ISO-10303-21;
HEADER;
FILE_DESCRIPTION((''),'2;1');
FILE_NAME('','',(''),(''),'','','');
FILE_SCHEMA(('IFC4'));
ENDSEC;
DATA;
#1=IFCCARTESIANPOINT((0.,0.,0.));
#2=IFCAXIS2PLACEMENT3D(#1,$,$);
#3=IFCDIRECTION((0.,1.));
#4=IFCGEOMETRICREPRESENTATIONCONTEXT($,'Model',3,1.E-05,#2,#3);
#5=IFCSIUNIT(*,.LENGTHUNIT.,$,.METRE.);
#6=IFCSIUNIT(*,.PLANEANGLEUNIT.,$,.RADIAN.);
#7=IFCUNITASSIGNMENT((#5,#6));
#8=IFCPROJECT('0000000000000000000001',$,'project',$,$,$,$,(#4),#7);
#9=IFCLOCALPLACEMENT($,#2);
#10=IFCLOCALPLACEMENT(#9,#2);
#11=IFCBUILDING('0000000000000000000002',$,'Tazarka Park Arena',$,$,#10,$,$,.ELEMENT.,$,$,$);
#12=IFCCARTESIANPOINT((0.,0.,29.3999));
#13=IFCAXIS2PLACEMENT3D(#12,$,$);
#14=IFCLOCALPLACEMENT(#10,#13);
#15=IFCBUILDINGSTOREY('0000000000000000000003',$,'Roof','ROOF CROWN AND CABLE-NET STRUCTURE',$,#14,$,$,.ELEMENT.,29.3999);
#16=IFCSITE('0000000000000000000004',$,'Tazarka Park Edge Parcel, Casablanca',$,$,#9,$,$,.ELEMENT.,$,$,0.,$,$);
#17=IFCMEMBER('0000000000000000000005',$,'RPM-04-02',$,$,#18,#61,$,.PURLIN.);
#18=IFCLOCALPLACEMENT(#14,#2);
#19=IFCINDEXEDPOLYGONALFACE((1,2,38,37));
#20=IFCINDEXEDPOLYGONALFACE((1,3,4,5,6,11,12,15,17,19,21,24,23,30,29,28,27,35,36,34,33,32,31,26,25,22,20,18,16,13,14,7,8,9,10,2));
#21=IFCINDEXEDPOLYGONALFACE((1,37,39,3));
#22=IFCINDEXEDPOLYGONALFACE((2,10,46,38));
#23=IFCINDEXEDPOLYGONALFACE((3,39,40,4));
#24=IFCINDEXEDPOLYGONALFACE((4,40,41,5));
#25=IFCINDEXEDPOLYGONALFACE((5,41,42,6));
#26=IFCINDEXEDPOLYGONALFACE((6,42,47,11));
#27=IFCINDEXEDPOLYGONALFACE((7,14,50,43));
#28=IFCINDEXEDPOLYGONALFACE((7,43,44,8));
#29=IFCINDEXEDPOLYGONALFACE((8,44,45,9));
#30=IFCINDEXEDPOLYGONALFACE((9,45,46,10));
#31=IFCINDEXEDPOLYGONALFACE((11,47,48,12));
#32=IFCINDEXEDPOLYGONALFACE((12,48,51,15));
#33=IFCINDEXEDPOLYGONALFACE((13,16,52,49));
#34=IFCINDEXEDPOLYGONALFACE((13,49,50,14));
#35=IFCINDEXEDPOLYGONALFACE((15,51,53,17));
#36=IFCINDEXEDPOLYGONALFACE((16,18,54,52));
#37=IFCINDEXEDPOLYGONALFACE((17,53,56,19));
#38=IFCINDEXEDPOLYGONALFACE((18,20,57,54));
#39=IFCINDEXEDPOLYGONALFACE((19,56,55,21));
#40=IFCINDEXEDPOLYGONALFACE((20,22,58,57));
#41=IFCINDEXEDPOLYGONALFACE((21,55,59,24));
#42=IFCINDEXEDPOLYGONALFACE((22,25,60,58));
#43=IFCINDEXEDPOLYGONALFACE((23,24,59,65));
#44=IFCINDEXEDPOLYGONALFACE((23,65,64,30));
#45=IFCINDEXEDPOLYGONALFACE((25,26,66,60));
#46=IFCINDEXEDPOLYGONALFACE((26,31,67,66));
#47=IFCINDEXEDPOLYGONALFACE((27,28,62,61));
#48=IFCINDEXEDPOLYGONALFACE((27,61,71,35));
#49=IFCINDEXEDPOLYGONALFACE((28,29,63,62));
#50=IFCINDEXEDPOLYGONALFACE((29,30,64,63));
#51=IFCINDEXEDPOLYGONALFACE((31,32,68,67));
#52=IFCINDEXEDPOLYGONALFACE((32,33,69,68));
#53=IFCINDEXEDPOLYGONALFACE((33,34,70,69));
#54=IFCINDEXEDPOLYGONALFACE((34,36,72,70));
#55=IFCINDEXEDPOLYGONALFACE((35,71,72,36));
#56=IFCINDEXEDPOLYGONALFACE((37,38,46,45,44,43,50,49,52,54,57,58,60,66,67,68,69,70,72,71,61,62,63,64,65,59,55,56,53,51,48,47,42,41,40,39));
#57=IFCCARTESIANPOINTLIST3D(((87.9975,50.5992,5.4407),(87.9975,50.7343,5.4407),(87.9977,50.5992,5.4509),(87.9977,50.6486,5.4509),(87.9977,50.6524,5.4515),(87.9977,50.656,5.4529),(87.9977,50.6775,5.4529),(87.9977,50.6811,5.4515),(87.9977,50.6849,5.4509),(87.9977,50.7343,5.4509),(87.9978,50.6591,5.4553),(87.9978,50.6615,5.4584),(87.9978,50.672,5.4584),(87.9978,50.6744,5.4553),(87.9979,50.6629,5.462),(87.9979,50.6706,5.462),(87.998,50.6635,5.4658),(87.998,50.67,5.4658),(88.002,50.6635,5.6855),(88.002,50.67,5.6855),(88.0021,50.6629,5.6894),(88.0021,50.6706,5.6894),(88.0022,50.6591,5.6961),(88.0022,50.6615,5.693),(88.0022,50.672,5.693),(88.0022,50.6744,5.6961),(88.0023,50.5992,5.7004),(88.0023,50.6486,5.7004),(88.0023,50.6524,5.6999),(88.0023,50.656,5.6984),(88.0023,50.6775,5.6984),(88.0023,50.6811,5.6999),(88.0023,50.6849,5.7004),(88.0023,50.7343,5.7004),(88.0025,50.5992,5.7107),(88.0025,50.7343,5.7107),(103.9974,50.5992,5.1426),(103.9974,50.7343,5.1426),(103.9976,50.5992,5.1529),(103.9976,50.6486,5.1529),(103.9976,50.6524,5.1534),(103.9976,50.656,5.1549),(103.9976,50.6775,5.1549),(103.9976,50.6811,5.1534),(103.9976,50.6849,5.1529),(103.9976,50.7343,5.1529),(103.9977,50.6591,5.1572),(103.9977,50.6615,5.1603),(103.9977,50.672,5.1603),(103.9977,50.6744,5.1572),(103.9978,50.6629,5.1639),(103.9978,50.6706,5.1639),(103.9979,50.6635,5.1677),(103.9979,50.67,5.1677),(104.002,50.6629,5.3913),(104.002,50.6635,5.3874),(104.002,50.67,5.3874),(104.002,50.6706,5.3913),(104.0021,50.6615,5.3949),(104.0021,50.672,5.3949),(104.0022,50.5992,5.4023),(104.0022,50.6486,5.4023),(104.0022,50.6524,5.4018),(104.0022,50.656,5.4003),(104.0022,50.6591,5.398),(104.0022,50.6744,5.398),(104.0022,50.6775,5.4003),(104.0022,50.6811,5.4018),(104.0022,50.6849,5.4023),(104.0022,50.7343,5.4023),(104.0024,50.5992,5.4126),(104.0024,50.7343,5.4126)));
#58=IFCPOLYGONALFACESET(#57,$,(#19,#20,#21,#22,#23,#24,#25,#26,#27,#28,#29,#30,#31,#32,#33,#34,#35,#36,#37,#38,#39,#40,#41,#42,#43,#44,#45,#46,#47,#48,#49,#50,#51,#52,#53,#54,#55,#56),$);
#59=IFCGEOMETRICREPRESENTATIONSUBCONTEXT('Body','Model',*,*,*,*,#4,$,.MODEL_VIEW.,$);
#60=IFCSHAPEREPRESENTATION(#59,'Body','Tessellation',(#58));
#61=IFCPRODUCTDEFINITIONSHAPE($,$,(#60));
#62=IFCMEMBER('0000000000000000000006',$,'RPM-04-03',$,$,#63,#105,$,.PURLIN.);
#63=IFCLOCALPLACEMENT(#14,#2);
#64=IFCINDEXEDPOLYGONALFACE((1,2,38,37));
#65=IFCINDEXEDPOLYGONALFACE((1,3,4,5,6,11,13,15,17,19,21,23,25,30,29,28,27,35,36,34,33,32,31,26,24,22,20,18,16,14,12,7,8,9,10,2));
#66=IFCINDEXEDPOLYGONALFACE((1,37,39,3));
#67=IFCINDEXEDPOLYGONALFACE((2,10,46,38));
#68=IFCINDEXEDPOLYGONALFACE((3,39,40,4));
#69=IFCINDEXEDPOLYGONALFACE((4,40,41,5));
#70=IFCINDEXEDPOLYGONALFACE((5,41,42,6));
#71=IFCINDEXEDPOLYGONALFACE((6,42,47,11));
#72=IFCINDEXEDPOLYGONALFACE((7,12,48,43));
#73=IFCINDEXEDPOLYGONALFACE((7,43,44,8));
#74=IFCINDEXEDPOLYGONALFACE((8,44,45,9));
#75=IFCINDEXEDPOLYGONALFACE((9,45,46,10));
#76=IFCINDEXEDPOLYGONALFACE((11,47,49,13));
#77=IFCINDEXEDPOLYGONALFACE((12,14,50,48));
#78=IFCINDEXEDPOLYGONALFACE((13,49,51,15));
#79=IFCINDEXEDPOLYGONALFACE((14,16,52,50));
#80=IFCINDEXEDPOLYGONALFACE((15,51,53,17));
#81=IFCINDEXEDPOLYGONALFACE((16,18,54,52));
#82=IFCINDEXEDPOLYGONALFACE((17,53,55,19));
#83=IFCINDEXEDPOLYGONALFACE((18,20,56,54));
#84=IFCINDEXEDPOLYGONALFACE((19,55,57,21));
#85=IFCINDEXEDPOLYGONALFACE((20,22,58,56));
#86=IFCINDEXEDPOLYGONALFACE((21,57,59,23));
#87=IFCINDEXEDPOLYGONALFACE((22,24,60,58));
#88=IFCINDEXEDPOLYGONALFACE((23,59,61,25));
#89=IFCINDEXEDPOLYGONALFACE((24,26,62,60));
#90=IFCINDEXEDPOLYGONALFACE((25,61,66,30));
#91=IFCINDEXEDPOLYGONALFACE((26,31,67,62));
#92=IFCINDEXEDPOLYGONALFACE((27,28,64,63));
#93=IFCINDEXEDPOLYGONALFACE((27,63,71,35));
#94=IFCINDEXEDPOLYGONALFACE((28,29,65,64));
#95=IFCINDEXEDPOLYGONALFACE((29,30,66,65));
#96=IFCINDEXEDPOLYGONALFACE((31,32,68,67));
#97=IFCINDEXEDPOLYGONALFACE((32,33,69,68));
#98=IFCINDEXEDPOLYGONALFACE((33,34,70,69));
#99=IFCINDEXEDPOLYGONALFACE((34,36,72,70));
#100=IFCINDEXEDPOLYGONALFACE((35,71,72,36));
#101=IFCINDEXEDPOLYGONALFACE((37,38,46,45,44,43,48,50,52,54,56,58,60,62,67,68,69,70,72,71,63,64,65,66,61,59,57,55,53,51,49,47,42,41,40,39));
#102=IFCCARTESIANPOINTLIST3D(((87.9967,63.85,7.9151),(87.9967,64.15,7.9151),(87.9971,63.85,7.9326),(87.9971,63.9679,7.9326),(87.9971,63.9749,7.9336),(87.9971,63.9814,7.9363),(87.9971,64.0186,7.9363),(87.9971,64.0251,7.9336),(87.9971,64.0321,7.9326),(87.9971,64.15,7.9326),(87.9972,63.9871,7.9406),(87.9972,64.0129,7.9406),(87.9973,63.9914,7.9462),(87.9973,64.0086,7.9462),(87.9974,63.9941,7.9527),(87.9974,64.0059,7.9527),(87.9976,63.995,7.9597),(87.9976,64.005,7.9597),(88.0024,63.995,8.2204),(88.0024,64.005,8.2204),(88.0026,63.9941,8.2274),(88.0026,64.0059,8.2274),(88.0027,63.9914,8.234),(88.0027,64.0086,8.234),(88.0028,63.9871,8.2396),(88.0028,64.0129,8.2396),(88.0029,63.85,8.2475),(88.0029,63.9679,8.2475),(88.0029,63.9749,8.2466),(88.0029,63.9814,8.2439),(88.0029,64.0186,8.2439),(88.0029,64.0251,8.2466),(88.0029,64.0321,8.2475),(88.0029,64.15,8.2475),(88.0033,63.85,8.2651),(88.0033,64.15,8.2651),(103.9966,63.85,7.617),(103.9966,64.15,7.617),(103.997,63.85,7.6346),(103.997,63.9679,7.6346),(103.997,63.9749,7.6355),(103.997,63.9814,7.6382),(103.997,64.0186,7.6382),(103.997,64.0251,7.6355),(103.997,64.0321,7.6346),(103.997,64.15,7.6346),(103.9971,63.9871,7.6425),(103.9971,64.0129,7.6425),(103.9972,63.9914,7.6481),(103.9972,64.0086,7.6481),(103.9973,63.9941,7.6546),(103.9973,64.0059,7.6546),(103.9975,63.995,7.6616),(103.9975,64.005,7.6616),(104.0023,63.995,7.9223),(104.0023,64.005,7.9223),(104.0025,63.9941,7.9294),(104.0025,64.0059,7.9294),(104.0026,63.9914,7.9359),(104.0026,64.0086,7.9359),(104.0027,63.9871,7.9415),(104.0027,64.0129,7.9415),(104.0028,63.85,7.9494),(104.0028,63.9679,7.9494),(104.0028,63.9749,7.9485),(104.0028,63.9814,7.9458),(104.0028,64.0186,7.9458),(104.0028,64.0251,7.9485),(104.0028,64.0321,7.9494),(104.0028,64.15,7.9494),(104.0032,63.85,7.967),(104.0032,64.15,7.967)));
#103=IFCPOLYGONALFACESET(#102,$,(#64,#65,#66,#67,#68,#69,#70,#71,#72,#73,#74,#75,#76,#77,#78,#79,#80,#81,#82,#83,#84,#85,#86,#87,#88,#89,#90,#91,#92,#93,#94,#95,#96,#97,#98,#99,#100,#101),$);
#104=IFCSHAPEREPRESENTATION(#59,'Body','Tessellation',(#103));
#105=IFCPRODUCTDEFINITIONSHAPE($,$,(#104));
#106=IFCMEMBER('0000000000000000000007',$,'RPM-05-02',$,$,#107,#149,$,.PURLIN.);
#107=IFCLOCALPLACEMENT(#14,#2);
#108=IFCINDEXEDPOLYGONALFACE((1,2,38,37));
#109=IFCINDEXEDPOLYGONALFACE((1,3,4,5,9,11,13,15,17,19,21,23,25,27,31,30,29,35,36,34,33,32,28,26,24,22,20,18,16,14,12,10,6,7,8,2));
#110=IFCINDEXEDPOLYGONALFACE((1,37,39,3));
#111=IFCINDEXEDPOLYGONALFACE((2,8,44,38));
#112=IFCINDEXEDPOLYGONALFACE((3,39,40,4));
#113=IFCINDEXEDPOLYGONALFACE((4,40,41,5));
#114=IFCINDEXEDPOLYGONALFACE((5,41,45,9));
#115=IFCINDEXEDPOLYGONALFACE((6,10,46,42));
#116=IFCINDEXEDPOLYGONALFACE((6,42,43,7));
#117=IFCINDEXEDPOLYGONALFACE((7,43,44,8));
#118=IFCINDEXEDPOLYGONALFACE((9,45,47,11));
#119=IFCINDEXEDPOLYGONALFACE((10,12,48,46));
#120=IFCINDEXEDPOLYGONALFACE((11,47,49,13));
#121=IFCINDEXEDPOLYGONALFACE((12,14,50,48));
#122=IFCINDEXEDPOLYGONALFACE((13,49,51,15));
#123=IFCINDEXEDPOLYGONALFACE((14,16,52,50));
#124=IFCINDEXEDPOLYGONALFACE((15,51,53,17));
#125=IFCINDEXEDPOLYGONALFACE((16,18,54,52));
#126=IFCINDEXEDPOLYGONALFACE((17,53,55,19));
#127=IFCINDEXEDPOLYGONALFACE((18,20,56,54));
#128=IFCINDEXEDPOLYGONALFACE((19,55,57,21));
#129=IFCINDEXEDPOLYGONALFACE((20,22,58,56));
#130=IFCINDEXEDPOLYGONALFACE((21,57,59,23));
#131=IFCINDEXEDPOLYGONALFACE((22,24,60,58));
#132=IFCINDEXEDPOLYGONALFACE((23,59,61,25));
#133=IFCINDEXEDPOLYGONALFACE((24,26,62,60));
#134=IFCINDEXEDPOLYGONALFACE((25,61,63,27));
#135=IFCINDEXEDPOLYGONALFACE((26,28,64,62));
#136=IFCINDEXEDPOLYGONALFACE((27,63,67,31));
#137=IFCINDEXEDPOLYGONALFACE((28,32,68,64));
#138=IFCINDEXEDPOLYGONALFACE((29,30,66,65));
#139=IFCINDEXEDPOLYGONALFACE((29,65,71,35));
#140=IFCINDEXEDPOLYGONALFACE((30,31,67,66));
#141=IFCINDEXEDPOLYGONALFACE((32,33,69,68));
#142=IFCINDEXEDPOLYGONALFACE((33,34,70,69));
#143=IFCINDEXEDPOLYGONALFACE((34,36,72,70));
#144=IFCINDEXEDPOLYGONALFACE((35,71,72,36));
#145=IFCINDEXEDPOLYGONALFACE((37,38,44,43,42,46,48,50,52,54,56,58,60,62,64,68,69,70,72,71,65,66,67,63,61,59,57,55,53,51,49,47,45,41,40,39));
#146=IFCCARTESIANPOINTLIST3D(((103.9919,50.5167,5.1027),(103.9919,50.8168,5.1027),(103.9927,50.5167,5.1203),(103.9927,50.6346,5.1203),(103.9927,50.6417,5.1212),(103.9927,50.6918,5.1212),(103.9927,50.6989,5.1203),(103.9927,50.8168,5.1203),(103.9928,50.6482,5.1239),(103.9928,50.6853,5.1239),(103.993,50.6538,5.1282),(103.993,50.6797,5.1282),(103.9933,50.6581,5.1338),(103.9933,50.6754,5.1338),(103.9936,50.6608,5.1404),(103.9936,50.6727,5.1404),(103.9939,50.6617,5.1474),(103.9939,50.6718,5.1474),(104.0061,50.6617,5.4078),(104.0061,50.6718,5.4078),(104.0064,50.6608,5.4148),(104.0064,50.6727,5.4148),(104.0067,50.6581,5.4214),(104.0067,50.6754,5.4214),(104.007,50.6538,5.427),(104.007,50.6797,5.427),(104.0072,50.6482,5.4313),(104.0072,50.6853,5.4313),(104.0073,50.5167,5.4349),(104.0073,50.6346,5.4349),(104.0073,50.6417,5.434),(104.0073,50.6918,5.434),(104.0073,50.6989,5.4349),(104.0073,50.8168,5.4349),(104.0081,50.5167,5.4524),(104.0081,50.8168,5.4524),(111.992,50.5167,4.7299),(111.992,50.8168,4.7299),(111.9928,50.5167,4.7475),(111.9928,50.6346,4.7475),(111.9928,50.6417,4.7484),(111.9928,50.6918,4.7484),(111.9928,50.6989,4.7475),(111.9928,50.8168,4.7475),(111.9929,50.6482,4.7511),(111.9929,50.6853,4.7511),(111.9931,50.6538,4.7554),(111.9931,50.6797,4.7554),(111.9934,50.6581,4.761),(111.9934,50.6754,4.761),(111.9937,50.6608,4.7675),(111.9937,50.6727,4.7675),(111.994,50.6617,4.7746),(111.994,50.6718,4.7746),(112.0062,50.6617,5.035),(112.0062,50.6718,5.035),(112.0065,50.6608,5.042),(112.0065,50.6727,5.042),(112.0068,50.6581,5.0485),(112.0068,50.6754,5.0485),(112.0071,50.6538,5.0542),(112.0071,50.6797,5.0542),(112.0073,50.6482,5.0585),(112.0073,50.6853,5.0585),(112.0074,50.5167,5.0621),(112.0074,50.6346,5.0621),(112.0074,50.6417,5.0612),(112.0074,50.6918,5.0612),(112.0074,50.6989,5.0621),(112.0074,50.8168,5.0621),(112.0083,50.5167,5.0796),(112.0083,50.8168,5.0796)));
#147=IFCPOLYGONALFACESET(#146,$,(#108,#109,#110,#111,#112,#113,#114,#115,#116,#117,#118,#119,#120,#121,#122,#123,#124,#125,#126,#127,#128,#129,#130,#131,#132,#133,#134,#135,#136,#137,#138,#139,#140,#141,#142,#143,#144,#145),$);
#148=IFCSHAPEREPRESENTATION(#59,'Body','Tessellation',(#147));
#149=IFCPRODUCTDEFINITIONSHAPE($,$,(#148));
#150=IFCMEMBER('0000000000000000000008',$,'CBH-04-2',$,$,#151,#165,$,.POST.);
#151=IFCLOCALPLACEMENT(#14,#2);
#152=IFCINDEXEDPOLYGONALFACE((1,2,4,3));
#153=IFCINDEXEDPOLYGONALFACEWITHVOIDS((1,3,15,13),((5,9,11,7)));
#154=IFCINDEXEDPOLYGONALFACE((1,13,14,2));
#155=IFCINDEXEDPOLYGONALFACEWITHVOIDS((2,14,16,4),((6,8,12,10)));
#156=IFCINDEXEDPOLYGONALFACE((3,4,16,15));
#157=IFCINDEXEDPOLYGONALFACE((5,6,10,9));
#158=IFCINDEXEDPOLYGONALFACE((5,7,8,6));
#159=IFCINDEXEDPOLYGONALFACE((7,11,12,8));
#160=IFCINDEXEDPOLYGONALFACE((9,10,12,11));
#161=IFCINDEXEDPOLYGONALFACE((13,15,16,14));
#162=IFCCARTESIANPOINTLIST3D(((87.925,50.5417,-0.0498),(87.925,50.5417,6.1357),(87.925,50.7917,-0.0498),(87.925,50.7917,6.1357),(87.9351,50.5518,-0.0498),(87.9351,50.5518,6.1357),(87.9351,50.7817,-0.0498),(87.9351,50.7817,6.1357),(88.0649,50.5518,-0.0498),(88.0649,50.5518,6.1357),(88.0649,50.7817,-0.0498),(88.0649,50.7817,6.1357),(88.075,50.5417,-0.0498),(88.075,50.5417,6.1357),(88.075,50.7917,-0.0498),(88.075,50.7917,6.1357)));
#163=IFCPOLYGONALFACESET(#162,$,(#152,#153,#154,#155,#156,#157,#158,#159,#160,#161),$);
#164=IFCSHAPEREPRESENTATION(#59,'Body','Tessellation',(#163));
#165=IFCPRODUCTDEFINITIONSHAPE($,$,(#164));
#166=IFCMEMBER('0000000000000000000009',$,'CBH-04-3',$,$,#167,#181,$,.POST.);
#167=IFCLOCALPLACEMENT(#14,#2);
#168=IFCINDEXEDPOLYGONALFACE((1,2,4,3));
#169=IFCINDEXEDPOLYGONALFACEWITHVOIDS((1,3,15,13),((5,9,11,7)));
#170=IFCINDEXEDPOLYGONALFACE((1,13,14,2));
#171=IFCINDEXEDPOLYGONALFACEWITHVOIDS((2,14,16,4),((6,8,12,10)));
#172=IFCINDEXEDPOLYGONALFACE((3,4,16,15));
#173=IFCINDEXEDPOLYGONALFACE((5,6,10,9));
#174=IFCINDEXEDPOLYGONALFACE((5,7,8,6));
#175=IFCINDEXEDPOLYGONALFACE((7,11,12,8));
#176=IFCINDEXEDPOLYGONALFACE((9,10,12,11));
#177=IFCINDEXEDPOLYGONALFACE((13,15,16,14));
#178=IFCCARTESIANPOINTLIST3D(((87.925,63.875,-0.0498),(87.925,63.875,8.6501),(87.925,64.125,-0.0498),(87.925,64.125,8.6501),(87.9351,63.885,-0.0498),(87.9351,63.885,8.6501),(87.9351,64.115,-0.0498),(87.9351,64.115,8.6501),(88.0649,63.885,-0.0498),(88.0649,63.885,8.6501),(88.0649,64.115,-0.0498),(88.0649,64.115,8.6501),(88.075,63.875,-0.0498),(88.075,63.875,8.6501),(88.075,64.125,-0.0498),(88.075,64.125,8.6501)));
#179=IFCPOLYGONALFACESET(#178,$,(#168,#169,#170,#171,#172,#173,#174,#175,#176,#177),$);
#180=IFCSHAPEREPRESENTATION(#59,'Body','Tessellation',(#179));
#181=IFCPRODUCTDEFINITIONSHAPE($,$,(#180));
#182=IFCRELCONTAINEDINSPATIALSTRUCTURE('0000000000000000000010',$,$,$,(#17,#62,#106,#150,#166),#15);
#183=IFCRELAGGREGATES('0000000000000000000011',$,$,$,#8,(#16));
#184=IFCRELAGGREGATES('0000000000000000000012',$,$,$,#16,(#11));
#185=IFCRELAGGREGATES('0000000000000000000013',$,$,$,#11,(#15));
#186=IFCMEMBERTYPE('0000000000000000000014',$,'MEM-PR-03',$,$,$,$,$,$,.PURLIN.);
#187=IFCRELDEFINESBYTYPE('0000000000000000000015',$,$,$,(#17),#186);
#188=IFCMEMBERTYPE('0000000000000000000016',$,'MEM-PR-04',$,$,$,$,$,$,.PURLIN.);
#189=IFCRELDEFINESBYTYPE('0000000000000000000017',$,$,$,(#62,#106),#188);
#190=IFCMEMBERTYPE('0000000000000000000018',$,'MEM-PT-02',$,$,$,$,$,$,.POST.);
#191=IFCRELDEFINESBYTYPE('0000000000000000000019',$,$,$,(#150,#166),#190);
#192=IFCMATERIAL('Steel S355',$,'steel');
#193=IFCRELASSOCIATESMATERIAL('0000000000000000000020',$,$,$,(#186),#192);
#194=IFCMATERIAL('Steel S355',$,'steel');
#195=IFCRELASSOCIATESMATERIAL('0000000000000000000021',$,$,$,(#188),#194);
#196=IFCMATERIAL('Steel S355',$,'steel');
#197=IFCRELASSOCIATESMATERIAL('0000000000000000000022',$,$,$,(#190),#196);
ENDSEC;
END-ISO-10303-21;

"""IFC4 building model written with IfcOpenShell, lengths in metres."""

from ifc_helpers import new_model, si_unit, direction, frame, origin, origin_2d, place, context, subcontext, project, spatial, hollow_rectangle, i_section, extrude, material, material_profile, profile_set, type_object, element, save


model = new_model("IFC4")

# Units and contexts
model_context = context("Model", 3, precision=1e-05, world=origin(), true_north=direction((0.0, 1.0)))
body_context = subcontext(model_context, "Body", "Model", "MODEL_VIEW")
ifc_project = project(units=[si_unit("LENGTHUNIT", "METRE"), si_unit("PLANEANGLEUNIT", "RADIAN")], contexts=[model_context])

# Site, building, storey
site_placement = place(None, origin())
site = spatial("IfcSite", under=ifc_project, at=site_placement, Name="Tazarka Park Edge Parcel, Casablanca", CompositionType="ELEMENT", RefElevation=0.0)
building_placement = place(site_placement, origin())
building = spatial("IfcBuilding", under=site, at=building_placement, Name="Tazarka Park Arena", CompositionType="ELEMENT")
storey_placement = place(building_placement, frame((0.0, 0.0, 29.3999)))
storey = spatial("IfcBuildingStorey", under=building, at=storey_placement, Name="Roof", Description="ROOF CROWN AND CABLE-NET STRUCTURE", CompositionType="ELEMENT", Elevation=29.3999)

# Members
ifc_material_1 = material(Name="Steel S355", Category="steel")
ifc_material_profile_1 = material_profile(ifc_material_1, i_section(OverallWidth=0.135, OverallDepth=0.27, WebThickness=0.0066, FlangeThickness=0.0103, FilletRadius=0.0149, at=origin_2d()), Name="Steel S355")
ifc_profile_set_1 = profile_set([ifc_material_profile_1], Name="Steel S355")
member_type_1 = type_object("IfcMemberType", Name="MEM-PR-03", PredefinedType="PURLIN", material=ifc_profile_set_1)
member_1_placement = place(storey_placement, frame((88.0, 50.6667, 5.5757), z_axis=(0.999826, 0.0, -0.018628), x_axis=(0.0, 1.0, 0.0)))
element("IfcMember", 1, at=member_1_placement, inside=storey, type_object=member_type_1, Name="RPM-04-02", PredefinedType="PURLIN", context=body_context, shape_type="SweptSolid", body=[
    extrude(i_section(OverallWidth=0.135, OverallDepth=0.27, WebThickness=0.0066, FlangeThickness=0.0103, FilletRadius=0.0149, at=origin_2d()), origin(), (0.0, 0.0, 1.0), 16.0027),
])
ifc_material_2 = material(Name="Steel S355", Category="steel")
ifc_material_profile_2 = material_profile(ifc_material_2, i_section(OverallWidth=0.3, OverallDepth=0.3501, WebThickness=0.01, FlangeThickness=0.0176, FilletRadius=0.0271, at=origin_2d()), Name="Steel S355")
ifc_profile_set_2 = profile_set([ifc_material_profile_2], Name="Steel S355")
member_type_2 = type_object("IfcMemberType", Name="MEM-PR-04", PredefinedType="PURLIN", material=ifc_profile_set_2)
member_2_placement = place(storey_placement, frame((88.0, 64.0, 8.0901), z_axis=(0.999826, 0.0, -0.018628), x_axis=(0.0, 1.0, 0.0)))
element("IfcMember", 2, at=member_2_placement, inside=storey, type_object=member_type_2, Name="RPM-04-03", PredefinedType="PURLIN", context=body_context, shape_type="SweptSolid", body=[
    extrude(i_section(OverallWidth=0.3, OverallDepth=0.3501, WebThickness=0.01, FlangeThickness=0.0176, FilletRadius=0.0271, at=origin_2d()), origin(), (0.0, 0.0, 1.0), 16.0027),
])
member_3_placement = place(storey_placement, frame((104.0, 50.6667, 5.2776), z_axis=(0.998916, 0.0, -0.04655), x_axis=(0.0, 1.0, 0.0)))
element("IfcMember", 3, at=member_3_placement, inside=storey, type_object=member_type_2, Name="RPM-05-02", PredefinedType="PURLIN", context=body_context, shape_type="SweptSolid", body=[
    extrude(i_section(OverallWidth=0.3, OverallDepth=0.3501, WebThickness=0.01, FlangeThickness=0.0176, FilletRadius=0.0271, at=origin_2d()), origin(), (0.0, 0.0, 1.0), 8.0088),
])
ifc_material_3 = material(Name="Steel S355", Category="steel")
ifc_material_profile_3 = material_profile(ifc_material_3, hollow_rectangle(XDim=0.1499, YDim=0.25, WallThickness=0.01, at=origin_2d()), Name="Steel S355")
ifc_profile_set_3 = profile_set([ifc_material_profile_3], Name="Steel S355")
member_type_3 = type_object("IfcMemberType", Name="MEM-PT-02", PredefinedType="POST", material=ifc_profile_set_3)
member_4_placement = place(storey_placement, frame((88.0, 50.6667, -0.0498), z_axis=(0.0, 0.0, 1.0), x_axis=(1.0, 0.0, 0.0)))
element("IfcMember", 4, at=member_4_placement, inside=storey, type_object=member_type_3, Name="CBH-04-2", PredefinedType="POST", context=body_context, shape_type="SweptSolid", body=[
    extrude(hollow_rectangle(XDim=0.1499, YDim=0.25, WallThickness=0.01, at=origin_2d()), origin(), (0.0, 0.0, 1.0), 6.1855),
])
member_5_placement = place(storey_placement, frame((88.0, 64.0, -0.0498), z_axis=(0.0, 0.0, 1.0), x_axis=(1.0, 0.0, 0.0)))
element("IfcMember", 5, at=member_5_placement, inside=storey, type_object=member_type_3, Name="CBH-04-3", PredefinedType="POST", context=body_context, shape_type="SweptSolid", body=[
    extrude(hollow_rectangle(XDim=0.1499, YDim=0.25, WallThickness=0.01, at=origin_2d()), origin(), (0.0, 0.0, 1.0), 8.7),
])

save(model, "model.ifc")
